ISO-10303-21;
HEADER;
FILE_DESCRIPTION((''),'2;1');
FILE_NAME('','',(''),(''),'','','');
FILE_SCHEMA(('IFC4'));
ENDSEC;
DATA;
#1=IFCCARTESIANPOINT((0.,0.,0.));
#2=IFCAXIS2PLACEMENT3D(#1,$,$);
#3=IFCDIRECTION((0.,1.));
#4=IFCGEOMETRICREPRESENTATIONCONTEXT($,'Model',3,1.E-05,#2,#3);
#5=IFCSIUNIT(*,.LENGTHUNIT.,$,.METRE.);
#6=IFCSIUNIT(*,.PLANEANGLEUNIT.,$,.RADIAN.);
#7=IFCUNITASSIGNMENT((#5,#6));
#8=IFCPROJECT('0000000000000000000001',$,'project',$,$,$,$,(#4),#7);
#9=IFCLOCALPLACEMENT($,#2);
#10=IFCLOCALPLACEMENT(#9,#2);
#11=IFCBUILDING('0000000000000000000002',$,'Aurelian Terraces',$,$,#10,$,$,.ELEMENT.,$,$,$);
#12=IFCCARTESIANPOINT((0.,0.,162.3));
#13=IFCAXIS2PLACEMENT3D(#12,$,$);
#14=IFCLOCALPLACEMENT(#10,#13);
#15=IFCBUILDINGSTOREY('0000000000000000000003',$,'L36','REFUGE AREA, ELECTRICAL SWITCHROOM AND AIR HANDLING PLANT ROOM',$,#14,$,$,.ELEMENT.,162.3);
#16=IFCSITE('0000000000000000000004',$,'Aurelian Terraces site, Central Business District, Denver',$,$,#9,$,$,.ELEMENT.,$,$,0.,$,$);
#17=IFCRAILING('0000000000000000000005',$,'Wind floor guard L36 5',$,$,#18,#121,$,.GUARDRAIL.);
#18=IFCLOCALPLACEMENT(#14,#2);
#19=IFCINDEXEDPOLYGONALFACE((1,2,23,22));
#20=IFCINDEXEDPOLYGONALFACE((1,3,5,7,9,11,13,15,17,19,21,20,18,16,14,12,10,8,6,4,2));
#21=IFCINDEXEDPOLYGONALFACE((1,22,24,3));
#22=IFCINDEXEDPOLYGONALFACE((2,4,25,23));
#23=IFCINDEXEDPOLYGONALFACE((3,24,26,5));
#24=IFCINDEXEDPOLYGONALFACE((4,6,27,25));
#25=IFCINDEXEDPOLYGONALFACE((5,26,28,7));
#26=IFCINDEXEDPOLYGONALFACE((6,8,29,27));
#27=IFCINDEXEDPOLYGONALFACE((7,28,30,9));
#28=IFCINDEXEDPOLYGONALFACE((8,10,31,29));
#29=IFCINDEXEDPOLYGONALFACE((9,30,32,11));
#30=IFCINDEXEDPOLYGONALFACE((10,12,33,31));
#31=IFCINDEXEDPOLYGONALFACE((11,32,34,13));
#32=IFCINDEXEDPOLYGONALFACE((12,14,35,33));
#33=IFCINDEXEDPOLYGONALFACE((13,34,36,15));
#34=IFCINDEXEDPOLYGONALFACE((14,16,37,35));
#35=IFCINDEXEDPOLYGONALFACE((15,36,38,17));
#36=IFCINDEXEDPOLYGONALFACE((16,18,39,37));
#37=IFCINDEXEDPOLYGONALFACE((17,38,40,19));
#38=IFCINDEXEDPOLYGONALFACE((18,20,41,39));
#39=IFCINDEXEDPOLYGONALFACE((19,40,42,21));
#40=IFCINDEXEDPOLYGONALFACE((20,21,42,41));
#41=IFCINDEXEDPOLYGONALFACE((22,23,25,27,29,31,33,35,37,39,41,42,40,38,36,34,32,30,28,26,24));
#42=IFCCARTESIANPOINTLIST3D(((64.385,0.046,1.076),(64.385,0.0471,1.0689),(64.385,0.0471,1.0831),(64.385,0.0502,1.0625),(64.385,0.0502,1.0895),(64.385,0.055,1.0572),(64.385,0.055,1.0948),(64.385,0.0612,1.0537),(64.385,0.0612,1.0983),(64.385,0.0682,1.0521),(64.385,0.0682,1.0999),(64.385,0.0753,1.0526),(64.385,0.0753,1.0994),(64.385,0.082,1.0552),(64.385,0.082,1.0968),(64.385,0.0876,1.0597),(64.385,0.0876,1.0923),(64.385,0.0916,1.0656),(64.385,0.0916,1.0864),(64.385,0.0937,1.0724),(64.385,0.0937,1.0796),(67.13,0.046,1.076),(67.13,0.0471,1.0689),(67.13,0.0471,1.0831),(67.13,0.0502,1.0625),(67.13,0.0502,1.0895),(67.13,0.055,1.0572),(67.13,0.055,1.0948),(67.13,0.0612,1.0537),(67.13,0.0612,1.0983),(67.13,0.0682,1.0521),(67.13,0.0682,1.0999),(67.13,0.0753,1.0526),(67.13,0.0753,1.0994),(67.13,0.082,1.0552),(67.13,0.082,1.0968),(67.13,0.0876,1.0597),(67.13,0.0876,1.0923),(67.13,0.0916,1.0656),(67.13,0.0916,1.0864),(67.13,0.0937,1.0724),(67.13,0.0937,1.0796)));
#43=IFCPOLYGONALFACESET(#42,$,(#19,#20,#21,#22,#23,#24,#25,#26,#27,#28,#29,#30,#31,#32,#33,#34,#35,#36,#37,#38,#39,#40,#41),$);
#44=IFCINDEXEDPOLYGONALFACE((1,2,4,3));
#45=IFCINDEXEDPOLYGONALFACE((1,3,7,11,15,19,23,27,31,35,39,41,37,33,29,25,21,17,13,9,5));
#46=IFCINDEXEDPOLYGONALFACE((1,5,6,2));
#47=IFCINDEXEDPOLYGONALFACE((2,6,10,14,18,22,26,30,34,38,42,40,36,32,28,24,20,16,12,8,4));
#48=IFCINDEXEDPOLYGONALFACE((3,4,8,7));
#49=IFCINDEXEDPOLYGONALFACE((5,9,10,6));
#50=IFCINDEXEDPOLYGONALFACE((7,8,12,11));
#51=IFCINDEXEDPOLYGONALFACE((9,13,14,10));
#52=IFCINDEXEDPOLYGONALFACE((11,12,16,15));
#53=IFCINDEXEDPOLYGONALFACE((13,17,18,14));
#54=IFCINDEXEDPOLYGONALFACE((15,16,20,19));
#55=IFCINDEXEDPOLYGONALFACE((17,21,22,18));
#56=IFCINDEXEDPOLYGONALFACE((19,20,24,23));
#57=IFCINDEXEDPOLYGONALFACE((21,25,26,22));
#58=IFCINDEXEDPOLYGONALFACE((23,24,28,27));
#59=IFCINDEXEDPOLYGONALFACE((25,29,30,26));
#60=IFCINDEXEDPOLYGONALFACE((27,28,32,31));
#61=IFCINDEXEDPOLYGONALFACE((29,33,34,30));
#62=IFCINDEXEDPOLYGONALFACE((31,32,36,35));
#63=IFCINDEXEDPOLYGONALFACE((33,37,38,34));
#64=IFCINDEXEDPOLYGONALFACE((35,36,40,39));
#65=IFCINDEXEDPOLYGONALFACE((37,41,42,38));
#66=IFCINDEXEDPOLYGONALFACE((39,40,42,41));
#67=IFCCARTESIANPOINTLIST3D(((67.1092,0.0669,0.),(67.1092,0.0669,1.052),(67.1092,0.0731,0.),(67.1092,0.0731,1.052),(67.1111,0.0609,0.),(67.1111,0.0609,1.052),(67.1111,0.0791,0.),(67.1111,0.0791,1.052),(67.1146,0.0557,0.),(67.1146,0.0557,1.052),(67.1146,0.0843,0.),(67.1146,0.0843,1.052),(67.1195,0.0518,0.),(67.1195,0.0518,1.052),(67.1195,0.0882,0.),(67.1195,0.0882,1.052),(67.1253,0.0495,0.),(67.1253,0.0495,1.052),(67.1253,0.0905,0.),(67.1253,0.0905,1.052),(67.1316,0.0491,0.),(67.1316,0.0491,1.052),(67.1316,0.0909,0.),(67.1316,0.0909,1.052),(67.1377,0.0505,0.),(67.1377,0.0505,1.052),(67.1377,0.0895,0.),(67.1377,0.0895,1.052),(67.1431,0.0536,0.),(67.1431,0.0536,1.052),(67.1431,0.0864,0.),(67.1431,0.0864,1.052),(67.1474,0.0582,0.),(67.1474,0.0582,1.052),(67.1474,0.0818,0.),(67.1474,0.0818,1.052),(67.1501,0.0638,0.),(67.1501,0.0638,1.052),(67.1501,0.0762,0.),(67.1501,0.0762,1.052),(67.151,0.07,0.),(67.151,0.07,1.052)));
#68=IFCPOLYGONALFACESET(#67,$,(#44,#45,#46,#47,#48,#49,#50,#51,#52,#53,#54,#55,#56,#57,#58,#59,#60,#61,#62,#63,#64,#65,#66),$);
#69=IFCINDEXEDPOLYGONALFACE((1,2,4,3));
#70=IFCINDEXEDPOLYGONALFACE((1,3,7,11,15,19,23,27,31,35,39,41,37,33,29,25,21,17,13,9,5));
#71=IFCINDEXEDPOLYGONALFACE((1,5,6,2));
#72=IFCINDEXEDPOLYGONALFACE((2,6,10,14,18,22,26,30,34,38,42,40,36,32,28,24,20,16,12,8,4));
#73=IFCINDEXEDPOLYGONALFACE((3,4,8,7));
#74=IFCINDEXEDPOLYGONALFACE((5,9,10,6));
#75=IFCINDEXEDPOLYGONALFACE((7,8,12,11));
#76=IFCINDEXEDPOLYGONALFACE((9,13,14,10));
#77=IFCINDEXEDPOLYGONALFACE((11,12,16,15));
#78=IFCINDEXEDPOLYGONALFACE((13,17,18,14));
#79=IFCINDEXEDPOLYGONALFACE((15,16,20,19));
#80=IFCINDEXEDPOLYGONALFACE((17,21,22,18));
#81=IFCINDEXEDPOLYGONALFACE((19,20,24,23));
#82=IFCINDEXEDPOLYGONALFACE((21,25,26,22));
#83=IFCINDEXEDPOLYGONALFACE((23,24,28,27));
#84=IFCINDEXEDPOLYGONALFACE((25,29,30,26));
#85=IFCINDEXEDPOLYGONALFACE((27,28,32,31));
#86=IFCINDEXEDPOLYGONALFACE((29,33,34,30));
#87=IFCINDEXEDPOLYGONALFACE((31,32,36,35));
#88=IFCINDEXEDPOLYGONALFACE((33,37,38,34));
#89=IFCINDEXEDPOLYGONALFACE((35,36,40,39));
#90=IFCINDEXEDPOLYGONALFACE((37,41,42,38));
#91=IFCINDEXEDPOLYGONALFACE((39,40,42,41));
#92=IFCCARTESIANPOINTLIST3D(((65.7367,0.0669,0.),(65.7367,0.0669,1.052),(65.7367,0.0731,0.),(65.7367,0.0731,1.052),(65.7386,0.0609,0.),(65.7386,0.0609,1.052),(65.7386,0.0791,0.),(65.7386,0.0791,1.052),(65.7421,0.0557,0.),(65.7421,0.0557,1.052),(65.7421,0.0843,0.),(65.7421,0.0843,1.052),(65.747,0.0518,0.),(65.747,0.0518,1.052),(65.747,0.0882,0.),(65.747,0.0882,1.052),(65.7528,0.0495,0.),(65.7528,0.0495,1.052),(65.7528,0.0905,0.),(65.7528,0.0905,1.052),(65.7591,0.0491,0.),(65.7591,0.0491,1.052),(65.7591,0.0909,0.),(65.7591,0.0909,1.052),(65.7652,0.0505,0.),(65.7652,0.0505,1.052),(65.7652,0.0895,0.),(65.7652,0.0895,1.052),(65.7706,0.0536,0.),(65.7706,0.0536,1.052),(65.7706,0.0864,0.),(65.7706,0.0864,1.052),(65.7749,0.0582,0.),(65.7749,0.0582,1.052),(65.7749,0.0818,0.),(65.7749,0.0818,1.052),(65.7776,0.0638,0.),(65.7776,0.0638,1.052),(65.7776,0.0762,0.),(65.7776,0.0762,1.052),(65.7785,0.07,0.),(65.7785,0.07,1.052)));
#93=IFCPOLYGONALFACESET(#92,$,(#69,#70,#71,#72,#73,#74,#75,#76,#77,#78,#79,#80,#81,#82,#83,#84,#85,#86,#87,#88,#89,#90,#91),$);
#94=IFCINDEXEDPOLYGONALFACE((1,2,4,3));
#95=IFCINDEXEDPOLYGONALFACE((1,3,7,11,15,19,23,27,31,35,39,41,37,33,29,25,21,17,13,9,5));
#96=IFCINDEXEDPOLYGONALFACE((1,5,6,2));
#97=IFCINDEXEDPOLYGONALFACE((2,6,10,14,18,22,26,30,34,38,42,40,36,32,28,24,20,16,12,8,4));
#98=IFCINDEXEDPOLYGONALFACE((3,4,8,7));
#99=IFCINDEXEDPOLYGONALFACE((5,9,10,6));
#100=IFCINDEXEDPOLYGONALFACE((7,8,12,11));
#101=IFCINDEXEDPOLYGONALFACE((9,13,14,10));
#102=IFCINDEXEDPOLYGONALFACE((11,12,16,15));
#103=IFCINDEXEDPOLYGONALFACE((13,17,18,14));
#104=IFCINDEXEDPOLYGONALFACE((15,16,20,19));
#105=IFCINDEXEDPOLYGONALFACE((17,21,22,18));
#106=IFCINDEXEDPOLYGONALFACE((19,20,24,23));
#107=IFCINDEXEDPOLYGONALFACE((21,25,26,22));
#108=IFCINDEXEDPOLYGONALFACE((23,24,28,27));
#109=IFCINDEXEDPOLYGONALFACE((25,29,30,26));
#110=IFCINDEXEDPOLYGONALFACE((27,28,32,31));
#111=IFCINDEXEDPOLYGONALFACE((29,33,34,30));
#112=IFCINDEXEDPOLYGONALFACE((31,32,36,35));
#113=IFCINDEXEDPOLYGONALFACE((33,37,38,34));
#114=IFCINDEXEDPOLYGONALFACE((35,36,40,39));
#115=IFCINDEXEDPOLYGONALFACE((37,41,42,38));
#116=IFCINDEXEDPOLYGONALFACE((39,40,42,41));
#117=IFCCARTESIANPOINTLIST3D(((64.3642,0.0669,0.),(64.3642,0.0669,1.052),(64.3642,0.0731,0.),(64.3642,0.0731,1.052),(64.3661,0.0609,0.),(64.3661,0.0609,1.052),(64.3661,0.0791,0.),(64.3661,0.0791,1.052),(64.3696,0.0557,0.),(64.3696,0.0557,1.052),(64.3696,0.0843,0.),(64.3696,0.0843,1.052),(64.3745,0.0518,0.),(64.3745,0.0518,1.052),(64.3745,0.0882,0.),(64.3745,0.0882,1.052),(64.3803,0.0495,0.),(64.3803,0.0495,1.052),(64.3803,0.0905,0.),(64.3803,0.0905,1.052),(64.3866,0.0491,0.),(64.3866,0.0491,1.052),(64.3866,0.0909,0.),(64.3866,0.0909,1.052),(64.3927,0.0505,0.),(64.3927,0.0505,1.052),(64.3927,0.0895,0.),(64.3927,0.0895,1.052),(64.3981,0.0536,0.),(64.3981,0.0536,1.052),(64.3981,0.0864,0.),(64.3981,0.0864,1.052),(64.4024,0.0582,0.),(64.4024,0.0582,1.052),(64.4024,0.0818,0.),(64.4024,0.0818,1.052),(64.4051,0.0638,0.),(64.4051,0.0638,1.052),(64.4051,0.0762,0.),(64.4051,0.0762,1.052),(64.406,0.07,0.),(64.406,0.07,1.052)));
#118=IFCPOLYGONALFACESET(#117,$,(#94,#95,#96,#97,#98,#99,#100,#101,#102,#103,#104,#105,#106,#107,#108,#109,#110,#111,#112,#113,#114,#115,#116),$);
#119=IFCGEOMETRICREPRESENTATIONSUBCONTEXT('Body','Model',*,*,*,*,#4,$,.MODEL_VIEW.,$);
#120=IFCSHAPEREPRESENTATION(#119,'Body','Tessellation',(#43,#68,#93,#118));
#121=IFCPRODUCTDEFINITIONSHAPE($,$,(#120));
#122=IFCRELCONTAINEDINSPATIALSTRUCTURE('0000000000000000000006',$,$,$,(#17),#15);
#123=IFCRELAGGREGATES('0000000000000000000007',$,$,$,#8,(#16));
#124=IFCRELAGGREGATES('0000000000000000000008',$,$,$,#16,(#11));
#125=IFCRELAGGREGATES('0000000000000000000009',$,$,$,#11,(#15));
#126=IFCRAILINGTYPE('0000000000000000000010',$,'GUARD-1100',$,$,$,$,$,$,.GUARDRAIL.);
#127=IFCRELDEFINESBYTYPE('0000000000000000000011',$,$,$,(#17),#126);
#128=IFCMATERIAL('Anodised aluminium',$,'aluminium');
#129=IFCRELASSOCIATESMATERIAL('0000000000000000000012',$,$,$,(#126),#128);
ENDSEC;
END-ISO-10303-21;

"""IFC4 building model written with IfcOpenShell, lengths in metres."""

from ifc_helpers import new_model, si_unit, direction, frame, origin, origin_2d, place, context, subcontext, project, spatial, circle, extrude, material, type_object, element, save


model = new_model("IFC4")

# Units and contexts
model_context = context("Model", 3, precision=1e-05, world=origin(), true_north=direction((0.0, 1.0)))
body_context = subcontext(model_context, "Body", "Model", "MODEL_VIEW")
ifc_project = project(units=[si_unit("LENGTHUNIT", "METRE"), si_unit("PLANEANGLEUNIT", "RADIAN")], contexts=[model_context])

# Site, building, storey
site_placement = place(None, origin())
site = spatial("IfcSite", under=ifc_project, at=site_placement, Name="Aurelian Terraces site, Central Business District, Denver", CompositionType="ELEMENT", RefElevation=0.0)
building_placement = place(site_placement, origin())
building = spatial("IfcBuilding", under=site, at=building_placement, Name="Aurelian Terraces", CompositionType="ELEMENT")
storey_placement = place(building_placement, frame((0.0, 0.0, 162.3)))
storey = spatial("IfcBuildingStorey", under=building, at=storey_placement, Name="L36", Description="REFUGE AREA, ELECTRICAL SWITCHROOM AND AIR HANDLING PLANT ROOM", CompositionType="ELEMENT", Elevation=162.3)

# Railing
ifc_material_1 = material(Name="Anodised aluminium", Category="aluminium")
railing_type = type_object("IfcRailingType", Name="GUARD-1100", PredefinedType="GUARDRAIL", material=ifc_material_1)
railing_1_placement = place(storey_placement, frame((67.13, 0.07, 0.0)))
element("IfcRailing", 1, at=railing_1_placement, inside=storey, type_object=railing_type, Name="Wind floor guard L36 5", PredefinedType="GUARDRAIL", context=body_context, shape_type="SweptSolid", body=[
    extrude(circle(Radius=0.024, at=origin_2d()), frame((0.0, 0.0, 1.076), z_axis=(-1.0, 0.0, 0.0), x_axis=(0.0, -1.0, 0.0)), (0.0, 0.0, 1.0), 2.745),
    extrude(circle(Radius=0.021, at=origin_2d()), origin(), (0.0, 0.0, 1.0), 1.052),
    extrude(circle(Radius=0.021, at=origin_2d()), frame((-1.3725, 0.0, 0.0)), (0.0, 0.0, 1.0), 1.052),
    extrude(circle(Radius=0.021, at=origin_2d()), frame((-2.745, 0.0, 0.0)), (0.0, 0.0, 1.0), 1.052),
])

save(model, "model.ifc")
